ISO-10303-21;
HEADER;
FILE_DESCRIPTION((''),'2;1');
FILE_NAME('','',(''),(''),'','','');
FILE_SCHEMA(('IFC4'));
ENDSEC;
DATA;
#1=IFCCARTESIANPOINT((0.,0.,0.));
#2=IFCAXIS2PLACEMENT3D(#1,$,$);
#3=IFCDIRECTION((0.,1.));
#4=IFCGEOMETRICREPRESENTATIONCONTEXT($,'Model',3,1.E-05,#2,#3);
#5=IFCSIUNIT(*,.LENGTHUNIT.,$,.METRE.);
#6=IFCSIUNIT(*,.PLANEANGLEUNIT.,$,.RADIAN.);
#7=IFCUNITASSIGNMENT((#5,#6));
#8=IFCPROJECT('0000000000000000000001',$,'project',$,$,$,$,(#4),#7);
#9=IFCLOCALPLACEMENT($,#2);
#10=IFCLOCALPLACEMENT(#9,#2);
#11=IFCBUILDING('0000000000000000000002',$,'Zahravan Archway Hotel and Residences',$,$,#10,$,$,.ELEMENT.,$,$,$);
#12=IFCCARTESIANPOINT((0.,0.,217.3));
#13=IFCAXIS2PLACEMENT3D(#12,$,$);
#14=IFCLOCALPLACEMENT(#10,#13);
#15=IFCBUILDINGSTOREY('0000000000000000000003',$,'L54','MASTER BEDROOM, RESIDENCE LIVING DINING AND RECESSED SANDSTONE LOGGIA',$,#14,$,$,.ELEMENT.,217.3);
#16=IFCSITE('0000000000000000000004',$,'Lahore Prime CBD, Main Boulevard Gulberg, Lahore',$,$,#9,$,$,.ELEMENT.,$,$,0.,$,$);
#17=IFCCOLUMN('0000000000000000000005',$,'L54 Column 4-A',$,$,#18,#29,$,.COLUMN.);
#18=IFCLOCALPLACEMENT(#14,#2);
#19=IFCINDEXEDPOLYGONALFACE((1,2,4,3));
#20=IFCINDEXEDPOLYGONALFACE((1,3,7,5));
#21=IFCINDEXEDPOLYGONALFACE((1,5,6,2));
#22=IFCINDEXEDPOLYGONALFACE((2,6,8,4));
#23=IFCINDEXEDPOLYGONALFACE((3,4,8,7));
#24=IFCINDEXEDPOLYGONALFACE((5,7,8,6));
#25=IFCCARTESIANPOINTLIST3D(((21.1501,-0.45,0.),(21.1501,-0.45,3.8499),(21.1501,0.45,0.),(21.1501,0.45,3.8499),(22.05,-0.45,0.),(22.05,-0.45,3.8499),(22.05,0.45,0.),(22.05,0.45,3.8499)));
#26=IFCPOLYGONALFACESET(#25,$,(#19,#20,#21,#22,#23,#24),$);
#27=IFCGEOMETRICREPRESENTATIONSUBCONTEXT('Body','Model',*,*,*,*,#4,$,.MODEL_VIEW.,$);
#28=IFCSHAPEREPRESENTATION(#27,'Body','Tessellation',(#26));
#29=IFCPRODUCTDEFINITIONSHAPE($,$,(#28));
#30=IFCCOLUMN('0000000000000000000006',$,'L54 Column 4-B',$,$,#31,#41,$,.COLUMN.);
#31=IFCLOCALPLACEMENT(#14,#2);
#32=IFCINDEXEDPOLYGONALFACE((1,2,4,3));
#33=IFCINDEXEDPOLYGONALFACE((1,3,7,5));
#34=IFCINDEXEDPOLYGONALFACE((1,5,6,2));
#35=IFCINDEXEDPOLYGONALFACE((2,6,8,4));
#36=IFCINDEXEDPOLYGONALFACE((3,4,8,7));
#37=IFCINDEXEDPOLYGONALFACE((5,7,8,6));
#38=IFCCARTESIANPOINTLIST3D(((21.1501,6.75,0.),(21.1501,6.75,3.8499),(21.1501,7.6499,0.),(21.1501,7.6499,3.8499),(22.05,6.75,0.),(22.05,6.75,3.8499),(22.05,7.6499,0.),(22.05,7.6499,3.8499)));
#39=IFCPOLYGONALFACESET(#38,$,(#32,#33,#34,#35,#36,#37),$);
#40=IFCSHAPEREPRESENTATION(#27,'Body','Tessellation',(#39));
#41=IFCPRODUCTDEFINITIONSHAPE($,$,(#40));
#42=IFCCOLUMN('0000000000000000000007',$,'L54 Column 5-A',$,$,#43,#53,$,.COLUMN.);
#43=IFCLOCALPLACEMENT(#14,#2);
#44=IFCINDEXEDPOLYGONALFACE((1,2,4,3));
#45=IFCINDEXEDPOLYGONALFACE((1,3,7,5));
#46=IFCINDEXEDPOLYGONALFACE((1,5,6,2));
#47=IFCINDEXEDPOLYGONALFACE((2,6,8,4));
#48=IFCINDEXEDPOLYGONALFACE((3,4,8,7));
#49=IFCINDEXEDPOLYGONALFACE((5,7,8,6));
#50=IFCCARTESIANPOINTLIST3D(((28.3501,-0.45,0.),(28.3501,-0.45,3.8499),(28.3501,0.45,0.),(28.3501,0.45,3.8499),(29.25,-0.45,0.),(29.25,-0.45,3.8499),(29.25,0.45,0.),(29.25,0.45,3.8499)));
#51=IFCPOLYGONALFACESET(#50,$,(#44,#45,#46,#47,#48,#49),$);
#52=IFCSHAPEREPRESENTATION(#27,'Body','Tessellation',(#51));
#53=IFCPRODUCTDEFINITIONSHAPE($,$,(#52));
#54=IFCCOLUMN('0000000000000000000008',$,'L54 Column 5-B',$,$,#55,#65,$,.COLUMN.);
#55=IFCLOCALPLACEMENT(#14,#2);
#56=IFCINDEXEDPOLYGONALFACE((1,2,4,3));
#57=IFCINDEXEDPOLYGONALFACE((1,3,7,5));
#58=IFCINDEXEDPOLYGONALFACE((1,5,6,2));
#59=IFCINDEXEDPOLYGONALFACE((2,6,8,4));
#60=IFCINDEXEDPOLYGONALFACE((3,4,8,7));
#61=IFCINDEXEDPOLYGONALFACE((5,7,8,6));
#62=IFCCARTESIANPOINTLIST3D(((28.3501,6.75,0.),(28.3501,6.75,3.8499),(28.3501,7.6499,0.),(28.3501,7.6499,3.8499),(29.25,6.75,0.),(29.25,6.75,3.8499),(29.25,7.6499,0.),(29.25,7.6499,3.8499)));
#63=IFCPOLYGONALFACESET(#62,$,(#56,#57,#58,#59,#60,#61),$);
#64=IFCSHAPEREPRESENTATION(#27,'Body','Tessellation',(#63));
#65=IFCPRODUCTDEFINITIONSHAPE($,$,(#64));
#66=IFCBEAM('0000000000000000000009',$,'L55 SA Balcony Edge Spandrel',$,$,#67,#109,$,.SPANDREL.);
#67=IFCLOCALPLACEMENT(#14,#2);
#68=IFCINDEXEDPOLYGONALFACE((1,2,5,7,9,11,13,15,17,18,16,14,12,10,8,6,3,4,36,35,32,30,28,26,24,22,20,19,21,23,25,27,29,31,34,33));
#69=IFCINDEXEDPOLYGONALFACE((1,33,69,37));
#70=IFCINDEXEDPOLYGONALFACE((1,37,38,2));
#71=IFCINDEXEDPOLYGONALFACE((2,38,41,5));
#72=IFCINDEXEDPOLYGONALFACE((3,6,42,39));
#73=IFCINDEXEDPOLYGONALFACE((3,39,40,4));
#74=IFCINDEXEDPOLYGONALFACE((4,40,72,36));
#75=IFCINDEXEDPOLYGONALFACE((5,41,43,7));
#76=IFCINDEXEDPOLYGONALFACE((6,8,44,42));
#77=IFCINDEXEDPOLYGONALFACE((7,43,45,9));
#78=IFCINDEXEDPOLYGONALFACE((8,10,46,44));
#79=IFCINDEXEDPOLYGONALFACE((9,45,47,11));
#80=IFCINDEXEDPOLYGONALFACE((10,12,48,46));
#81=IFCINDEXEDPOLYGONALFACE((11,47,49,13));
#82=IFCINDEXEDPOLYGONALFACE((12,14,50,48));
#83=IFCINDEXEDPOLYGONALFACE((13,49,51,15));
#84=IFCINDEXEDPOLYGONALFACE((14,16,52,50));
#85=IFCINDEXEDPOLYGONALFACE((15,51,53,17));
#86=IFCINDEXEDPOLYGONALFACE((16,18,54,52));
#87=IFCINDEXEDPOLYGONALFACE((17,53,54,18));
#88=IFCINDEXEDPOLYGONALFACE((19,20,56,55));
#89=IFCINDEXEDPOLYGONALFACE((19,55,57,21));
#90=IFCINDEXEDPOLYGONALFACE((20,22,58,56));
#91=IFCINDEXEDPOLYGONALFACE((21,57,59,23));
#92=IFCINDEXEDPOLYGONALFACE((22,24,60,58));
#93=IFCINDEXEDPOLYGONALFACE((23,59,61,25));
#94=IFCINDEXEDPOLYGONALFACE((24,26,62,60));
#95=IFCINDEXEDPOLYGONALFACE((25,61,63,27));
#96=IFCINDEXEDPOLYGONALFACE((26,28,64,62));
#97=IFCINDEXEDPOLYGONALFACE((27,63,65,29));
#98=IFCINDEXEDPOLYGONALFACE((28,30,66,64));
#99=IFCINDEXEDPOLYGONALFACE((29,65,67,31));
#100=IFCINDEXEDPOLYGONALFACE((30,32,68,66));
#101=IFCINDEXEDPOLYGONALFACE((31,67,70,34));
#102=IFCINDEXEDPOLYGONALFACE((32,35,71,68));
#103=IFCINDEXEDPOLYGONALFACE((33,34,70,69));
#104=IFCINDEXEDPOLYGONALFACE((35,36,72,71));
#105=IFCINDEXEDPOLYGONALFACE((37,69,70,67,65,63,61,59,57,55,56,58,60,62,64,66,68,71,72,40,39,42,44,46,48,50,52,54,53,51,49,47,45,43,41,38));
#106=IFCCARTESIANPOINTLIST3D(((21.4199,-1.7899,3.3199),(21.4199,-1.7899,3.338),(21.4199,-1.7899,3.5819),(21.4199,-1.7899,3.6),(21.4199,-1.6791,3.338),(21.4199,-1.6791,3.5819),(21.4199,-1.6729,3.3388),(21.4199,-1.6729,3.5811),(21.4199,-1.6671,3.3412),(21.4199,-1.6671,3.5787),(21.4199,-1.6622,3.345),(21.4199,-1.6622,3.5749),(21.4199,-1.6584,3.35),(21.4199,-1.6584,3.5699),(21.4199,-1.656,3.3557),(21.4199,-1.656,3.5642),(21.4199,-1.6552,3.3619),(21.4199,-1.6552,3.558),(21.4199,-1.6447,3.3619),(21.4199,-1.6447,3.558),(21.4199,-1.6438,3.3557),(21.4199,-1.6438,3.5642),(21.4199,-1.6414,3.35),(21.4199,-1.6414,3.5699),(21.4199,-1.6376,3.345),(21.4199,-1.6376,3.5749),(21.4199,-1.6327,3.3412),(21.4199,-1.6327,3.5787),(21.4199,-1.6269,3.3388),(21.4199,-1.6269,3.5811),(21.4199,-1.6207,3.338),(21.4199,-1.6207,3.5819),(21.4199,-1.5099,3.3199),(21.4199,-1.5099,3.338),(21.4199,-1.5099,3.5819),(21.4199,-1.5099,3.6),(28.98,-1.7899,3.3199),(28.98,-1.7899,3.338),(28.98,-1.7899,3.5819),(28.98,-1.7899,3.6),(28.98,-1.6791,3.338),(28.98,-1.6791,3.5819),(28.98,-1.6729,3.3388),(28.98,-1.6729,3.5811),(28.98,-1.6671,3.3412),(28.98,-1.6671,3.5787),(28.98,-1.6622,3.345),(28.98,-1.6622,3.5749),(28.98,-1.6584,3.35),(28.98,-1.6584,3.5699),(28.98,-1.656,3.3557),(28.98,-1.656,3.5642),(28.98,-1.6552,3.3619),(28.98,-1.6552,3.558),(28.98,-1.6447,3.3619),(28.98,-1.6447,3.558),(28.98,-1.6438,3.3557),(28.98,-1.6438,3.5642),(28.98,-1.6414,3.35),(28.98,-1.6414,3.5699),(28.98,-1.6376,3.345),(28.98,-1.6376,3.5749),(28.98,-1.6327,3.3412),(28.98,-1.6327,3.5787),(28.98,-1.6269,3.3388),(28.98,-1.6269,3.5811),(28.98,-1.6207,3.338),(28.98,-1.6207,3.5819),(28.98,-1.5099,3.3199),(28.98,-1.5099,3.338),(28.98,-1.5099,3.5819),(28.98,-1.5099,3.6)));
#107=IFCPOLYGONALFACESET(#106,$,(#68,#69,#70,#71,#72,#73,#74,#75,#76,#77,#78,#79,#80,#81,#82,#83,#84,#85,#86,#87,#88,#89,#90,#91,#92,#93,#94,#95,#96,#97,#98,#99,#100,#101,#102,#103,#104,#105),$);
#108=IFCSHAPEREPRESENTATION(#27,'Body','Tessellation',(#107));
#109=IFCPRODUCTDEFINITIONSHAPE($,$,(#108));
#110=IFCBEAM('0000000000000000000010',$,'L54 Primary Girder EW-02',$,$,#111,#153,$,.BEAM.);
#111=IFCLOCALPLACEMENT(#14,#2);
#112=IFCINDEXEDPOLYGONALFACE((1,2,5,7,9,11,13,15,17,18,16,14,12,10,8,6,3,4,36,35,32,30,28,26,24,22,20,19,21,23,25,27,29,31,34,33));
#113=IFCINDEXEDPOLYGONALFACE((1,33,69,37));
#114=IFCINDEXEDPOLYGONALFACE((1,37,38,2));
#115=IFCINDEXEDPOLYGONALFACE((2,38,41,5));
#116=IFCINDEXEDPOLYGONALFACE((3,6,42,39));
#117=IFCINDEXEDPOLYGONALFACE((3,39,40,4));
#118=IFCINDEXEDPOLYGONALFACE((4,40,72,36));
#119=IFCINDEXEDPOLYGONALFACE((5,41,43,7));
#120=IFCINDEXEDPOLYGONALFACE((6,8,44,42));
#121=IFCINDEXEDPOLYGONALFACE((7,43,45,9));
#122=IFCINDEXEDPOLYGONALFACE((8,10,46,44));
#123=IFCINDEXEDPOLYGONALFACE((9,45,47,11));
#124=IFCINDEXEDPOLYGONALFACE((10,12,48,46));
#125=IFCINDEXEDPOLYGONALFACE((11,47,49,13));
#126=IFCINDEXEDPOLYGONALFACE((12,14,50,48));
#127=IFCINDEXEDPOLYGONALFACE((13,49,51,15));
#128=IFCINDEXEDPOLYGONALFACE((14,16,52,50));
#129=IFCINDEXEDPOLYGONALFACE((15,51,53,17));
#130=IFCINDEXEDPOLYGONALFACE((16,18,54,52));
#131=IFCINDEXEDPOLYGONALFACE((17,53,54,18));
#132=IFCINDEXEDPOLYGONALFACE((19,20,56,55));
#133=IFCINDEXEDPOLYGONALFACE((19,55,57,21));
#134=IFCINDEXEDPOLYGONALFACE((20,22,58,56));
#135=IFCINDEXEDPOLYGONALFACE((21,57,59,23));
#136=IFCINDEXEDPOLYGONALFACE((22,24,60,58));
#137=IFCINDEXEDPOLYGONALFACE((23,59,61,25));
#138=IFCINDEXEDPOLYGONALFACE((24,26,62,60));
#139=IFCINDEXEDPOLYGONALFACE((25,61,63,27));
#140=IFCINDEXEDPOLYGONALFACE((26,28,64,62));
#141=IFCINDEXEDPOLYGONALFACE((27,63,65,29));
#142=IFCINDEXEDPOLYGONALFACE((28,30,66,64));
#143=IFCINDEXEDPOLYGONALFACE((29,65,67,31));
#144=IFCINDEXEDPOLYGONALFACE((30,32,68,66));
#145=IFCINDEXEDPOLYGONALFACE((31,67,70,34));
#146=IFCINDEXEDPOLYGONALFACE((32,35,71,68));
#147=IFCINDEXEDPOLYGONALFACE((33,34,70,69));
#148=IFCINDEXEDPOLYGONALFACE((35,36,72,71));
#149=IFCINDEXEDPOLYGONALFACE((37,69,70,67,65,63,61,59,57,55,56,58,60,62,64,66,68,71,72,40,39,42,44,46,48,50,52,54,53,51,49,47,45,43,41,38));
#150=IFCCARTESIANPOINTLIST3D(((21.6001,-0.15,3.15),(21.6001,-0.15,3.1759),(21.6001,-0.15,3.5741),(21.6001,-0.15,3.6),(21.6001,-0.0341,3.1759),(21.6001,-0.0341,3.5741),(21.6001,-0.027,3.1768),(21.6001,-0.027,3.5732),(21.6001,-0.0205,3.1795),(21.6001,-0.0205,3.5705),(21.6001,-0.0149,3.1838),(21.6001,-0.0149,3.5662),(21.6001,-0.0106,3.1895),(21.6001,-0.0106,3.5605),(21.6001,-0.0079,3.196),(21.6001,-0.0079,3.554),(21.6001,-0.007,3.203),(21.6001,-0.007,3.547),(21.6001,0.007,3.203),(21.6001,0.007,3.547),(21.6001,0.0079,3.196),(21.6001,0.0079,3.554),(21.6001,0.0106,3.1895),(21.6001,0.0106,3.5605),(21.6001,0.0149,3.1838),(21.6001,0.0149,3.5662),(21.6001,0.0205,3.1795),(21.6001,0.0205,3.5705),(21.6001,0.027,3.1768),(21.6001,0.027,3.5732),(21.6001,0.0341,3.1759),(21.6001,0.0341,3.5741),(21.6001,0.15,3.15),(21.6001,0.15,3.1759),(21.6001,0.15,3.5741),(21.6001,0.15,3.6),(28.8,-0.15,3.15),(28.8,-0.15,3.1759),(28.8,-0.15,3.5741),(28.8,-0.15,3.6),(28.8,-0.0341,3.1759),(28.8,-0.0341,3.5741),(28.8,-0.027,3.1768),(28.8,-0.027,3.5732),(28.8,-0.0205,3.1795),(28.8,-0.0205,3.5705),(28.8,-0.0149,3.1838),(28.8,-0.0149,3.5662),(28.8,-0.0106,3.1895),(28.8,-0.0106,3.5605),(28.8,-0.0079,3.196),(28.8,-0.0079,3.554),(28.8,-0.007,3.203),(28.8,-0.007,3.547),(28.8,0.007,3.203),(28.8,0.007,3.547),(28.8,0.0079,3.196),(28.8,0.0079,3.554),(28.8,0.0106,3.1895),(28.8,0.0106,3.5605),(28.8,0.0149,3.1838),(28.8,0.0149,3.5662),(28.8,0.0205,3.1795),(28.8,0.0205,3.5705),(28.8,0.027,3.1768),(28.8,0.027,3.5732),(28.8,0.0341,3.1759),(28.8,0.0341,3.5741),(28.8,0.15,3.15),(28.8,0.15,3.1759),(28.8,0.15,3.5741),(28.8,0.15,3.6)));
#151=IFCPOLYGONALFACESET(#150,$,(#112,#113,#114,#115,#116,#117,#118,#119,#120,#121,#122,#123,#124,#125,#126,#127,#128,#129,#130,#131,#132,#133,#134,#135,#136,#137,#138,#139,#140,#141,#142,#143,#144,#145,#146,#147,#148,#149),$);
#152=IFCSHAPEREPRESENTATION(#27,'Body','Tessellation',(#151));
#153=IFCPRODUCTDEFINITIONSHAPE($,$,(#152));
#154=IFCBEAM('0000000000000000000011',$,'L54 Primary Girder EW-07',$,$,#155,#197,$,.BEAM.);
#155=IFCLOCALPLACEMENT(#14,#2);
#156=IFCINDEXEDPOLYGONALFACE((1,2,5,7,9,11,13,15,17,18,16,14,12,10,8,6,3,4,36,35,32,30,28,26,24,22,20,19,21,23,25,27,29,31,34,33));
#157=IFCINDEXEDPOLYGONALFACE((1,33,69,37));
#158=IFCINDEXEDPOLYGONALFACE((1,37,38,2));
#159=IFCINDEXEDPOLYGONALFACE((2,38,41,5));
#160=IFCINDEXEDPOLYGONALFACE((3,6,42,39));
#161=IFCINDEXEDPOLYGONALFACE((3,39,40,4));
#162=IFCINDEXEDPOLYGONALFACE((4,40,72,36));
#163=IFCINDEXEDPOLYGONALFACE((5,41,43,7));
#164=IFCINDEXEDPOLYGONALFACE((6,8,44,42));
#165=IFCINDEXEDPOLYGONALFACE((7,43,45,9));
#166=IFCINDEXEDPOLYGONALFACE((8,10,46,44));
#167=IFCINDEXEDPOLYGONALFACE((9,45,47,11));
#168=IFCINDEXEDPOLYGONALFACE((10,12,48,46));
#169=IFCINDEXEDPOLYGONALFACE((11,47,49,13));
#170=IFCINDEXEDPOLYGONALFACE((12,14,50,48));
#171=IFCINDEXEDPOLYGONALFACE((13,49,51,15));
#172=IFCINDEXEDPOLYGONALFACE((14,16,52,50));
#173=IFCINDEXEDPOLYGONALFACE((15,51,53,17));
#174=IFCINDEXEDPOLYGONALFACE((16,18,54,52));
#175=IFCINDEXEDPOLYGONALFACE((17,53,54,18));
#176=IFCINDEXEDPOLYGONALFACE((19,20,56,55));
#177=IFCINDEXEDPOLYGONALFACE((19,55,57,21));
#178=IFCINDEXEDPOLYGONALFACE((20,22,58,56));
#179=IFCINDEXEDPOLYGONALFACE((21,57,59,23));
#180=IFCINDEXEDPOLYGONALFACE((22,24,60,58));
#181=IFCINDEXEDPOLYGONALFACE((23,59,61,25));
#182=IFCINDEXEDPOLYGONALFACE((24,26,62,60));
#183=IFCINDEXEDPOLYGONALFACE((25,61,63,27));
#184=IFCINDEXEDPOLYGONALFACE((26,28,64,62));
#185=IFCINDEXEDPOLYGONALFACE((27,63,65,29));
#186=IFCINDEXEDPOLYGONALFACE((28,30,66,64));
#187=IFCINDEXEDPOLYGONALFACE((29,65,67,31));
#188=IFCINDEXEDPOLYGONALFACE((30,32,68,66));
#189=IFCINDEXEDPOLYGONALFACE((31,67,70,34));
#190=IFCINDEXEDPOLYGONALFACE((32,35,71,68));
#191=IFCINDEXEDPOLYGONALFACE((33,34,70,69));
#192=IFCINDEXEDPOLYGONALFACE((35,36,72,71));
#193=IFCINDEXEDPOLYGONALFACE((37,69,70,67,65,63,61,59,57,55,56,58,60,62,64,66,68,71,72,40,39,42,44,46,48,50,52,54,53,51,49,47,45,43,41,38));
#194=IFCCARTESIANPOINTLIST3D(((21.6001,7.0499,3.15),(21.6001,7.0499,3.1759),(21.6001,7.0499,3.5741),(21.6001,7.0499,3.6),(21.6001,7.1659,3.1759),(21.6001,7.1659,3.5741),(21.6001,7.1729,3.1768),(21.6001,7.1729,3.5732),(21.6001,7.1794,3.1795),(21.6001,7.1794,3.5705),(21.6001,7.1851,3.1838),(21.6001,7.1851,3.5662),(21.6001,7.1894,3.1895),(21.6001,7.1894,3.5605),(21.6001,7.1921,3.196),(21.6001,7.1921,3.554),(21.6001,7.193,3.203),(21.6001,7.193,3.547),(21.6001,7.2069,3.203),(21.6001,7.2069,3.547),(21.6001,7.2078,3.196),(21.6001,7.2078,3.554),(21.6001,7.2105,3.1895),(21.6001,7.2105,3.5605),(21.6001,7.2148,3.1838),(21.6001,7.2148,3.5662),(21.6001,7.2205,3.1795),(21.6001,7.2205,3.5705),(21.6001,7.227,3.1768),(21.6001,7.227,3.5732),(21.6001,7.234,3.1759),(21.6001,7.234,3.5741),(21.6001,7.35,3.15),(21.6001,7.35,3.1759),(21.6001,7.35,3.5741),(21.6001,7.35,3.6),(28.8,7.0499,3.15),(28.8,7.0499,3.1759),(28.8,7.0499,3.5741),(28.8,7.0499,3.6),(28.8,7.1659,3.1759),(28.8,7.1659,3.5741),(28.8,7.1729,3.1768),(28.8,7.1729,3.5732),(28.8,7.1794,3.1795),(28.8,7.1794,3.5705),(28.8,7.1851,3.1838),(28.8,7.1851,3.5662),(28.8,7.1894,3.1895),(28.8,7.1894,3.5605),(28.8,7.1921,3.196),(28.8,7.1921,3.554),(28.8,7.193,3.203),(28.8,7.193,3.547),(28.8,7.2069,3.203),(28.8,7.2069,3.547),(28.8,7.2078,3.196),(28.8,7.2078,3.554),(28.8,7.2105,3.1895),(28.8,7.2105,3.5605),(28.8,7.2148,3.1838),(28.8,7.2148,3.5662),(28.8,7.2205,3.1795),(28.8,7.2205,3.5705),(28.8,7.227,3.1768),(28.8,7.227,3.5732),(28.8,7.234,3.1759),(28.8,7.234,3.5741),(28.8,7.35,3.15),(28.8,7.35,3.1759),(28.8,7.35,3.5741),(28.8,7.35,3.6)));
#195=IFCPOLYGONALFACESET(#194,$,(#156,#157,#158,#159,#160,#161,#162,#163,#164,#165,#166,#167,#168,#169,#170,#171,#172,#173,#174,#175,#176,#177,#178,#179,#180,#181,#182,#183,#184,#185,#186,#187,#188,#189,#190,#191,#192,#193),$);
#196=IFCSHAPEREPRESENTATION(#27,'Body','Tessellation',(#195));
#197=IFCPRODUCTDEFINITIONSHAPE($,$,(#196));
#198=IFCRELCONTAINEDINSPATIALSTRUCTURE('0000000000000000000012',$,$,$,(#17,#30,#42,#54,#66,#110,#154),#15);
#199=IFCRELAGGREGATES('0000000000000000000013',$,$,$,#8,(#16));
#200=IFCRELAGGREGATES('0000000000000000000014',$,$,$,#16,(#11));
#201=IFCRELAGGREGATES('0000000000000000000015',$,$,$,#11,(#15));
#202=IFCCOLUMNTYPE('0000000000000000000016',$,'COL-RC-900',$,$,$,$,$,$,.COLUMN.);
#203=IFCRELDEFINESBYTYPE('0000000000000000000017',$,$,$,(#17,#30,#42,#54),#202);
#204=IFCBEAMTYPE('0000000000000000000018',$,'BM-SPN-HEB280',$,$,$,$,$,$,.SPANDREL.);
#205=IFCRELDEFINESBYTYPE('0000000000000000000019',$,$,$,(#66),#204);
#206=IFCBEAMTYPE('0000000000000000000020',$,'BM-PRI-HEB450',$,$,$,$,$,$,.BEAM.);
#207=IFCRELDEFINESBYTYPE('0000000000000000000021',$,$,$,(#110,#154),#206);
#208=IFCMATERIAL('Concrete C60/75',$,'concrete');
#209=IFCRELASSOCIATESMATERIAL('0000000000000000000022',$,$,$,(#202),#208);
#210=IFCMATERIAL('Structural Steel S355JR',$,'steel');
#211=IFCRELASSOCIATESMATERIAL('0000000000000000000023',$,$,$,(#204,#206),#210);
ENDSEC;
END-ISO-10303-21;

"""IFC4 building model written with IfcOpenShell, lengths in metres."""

from ifc_helpers import new_model, si_unit, direction, frame, origin, origin_2d, place, context, subcontext, project, spatial, rectangle, i_section, extrude, source, transform, mapped, material, material_profile, profile_set, type_object, type_shapes, element, save


model = new_model("IFC4")

# Units and contexts
model_context = context("Model", 3, precision=1e-05, world=origin(), true_north=direction((0.0, 1.0)))
body_context = subcontext(model_context, "Body", "Model", "MODEL_VIEW")
ifc_project = project(units=[si_unit("LENGTHUNIT", "METRE"), si_unit("PLANEANGLEUNIT", "RADIAN")], contexts=[model_context])

# Site, building, storey
site_placement = place(None, origin())
site = spatial("IfcSite", under=ifc_project, at=site_placement, Name="Lahore Prime CBD, Main Boulevard Gulberg, Lahore", CompositionType="ELEMENT", RefElevation=0.0)
building_placement = place(site_placement, origin())
building = spatial("IfcBuilding", under=site, at=building_placement, Name="Zahravan Archway Hotel and Residences", CompositionType="ELEMENT")
storey_placement = place(building_placement, frame((0.0, 0.0, 217.3)))
storey = spatial("IfcBuildingStorey", under=building, at=storey_placement, Name="L54", Description="MASTER BEDROOM, RESIDENCE LIVING DINING AND RECESSED SANDSTONE LOGGIA", CompositionType="ELEMENT", Elevation=217.3)

# Columns
ifc_material_1 = material(Name="Concrete C60/75", Category="concrete")
ifc_material_profile_1 = material_profile(ifc_material_1, rectangle(XDim=0.8999, YDim=0.8999, at=origin_2d()), Name="RC-COL-900x900", Category="concrete")
ifc_profile_set_1 = profile_set([ifc_material_profile_1], Name="Concrete C60/75")
column_type = type_object("IfcColumnType", Name="COL-RC-900", PredefinedType="COLUMN", material=ifc_profile_set_1)
shared_shape_1 = source(origin(), body_context, "Body", "SweptSolid", [
    extrude(rectangle(XDim=0.8999, YDim=0.8999, at=origin_2d()), origin(), (0.0, 0.0, 1.0), 3.8499),
])
for number, where, z_axis, x_axis, name in (
    (1, (21.6001, 0.0, 0.0), (0.0, 0.0, 1.0), (1.0, 0.0, 0.0), "L54 Column 4-A"),
    (2, (21.6001, 7.2, 0.0), (0.0, 0.0, 1.0), (1.0, 0.0, 0.0), "L54 Column 4-B"),
    (3, (28.8, 0.0, 0.0), (0.0, 0.0, 1.0), (1.0, 0.0, 0.0), "L54 Column 5-A"),
    (4, (28.8, 7.2, 0.0), (0.0, 0.0, 1.0), (1.0, 0.0, 0.0), "L54 Column 5-B"),
):
    element("IfcColumn", number, at=place(storey_placement, frame(where, z_axis=z_axis, x_axis=x_axis)), inside=storey, type_object=column_type, Name=name, PredefinedType="COLUMN", context=body_context, shape_type="MappedRepresentation", body=[
        mapped(shared_shape_1, transform((0.0, 0.0, 0.0), scale=1.0)),
    ])

# Beams
ifc_material_2 = material(Name="Structural Steel S355JR", Category="steel")
ifc_material_profile_2 = material_profile(ifc_material_2, i_section(OverallWidth=0.28, OverallDepth=0.28, WebThickness=0.0105, FlangeThickness=0.0181, FilletRadius=0.0239, at=origin_2d()), Name="HEB 280", Category="steel")
ifc_profile_set_2 = profile_set([ifc_material_profile_2], Name="Structural Steel S355JR")
beam_type_1 = type_object("IfcBeamType", Name="BM-SPN-HEB280", PredefinedType="SPANDREL", material=ifc_profile_set_2)
shared_shape_2 = source(origin(), body_context, "Body", "SweptSolid", [
    extrude(i_section(OverallWidth=0.28, OverallDepth=0.28, WebThickness=0.0105, FlangeThickness=0.0181, FilletRadius=0.0239, at=origin_2d()), origin(), (0.0, 0.0, 1.0), 7.5601),
])
type_shapes(beam_type_1, [shared_shape_2])
beam_1_placement = place(storey_placement, frame((21.4199, -1.6499, 3.46), z_axis=(1.0, 0.0, 0.0), x_axis=(0.0, 1.0, 0.0)))
element("IfcBeam", 5, at=beam_1_placement, inside=storey, type_object=beam_type_1, Name="L55 SA Balcony Edge Spandrel", PredefinedType="SPANDREL", context=body_context, shape_type="MappedRepresentation", body=[
    mapped(shared_shape_2, transform((0.0, 0.0, 0.0), scale=1.0)),
])
ifc_material_profile_3 = material_profile(ifc_material_2, i_section(OverallWidth=0.3, OverallDepth=0.45, WebThickness=0.0139, FlangeThickness=0.0259, FilletRadius=0.0271, at=origin_2d()), Name="HEB 450", Category="steel")
ifc_profile_set_3 = profile_set([ifc_material_profile_3], Name="Structural Steel S355JR")
beam_type_2 = type_object("IfcBeamType", Name="BM-PRI-HEB450", PredefinedType="BEAM", material=ifc_profile_set_3)
shared_shape_3 = source(origin(), body_context, "Body", "SweptSolid", [
    extrude(i_section(OverallWidth=0.3, OverallDepth=0.45, WebThickness=0.0139, FlangeThickness=0.0259, FilletRadius=0.0271, at=origin_2d()), origin(), (0.0, 0.0, 1.0), 7.2),
])
for number, where, z_axis, x_axis, name in (
    (6, (21.6001, 0.0, 3.375), (1.0, 0.0, 0.0), (0.0, 1.0, 0.0), "L54 Primary Girder EW-02"),
    (7, (21.6001, 7.2, 3.375), (1.0, 0.0, 0.0), (0.0, 1.0, 0.0), "L54 Primary Girder EW-07"),
):
    element("IfcBeam", number, at=place(storey_placement, frame(where, z_axis=z_axis, x_axis=x_axis)), inside=storey, type_object=beam_type_2, Name=name, PredefinedType="BEAM", context=body_context, shape_type="MappedRepresentation", body=[
        mapped(shared_shape_3, transform((0.0, 0.0, 0.0), scale=1.0)),
    ])

save(model, "model.ifc")
